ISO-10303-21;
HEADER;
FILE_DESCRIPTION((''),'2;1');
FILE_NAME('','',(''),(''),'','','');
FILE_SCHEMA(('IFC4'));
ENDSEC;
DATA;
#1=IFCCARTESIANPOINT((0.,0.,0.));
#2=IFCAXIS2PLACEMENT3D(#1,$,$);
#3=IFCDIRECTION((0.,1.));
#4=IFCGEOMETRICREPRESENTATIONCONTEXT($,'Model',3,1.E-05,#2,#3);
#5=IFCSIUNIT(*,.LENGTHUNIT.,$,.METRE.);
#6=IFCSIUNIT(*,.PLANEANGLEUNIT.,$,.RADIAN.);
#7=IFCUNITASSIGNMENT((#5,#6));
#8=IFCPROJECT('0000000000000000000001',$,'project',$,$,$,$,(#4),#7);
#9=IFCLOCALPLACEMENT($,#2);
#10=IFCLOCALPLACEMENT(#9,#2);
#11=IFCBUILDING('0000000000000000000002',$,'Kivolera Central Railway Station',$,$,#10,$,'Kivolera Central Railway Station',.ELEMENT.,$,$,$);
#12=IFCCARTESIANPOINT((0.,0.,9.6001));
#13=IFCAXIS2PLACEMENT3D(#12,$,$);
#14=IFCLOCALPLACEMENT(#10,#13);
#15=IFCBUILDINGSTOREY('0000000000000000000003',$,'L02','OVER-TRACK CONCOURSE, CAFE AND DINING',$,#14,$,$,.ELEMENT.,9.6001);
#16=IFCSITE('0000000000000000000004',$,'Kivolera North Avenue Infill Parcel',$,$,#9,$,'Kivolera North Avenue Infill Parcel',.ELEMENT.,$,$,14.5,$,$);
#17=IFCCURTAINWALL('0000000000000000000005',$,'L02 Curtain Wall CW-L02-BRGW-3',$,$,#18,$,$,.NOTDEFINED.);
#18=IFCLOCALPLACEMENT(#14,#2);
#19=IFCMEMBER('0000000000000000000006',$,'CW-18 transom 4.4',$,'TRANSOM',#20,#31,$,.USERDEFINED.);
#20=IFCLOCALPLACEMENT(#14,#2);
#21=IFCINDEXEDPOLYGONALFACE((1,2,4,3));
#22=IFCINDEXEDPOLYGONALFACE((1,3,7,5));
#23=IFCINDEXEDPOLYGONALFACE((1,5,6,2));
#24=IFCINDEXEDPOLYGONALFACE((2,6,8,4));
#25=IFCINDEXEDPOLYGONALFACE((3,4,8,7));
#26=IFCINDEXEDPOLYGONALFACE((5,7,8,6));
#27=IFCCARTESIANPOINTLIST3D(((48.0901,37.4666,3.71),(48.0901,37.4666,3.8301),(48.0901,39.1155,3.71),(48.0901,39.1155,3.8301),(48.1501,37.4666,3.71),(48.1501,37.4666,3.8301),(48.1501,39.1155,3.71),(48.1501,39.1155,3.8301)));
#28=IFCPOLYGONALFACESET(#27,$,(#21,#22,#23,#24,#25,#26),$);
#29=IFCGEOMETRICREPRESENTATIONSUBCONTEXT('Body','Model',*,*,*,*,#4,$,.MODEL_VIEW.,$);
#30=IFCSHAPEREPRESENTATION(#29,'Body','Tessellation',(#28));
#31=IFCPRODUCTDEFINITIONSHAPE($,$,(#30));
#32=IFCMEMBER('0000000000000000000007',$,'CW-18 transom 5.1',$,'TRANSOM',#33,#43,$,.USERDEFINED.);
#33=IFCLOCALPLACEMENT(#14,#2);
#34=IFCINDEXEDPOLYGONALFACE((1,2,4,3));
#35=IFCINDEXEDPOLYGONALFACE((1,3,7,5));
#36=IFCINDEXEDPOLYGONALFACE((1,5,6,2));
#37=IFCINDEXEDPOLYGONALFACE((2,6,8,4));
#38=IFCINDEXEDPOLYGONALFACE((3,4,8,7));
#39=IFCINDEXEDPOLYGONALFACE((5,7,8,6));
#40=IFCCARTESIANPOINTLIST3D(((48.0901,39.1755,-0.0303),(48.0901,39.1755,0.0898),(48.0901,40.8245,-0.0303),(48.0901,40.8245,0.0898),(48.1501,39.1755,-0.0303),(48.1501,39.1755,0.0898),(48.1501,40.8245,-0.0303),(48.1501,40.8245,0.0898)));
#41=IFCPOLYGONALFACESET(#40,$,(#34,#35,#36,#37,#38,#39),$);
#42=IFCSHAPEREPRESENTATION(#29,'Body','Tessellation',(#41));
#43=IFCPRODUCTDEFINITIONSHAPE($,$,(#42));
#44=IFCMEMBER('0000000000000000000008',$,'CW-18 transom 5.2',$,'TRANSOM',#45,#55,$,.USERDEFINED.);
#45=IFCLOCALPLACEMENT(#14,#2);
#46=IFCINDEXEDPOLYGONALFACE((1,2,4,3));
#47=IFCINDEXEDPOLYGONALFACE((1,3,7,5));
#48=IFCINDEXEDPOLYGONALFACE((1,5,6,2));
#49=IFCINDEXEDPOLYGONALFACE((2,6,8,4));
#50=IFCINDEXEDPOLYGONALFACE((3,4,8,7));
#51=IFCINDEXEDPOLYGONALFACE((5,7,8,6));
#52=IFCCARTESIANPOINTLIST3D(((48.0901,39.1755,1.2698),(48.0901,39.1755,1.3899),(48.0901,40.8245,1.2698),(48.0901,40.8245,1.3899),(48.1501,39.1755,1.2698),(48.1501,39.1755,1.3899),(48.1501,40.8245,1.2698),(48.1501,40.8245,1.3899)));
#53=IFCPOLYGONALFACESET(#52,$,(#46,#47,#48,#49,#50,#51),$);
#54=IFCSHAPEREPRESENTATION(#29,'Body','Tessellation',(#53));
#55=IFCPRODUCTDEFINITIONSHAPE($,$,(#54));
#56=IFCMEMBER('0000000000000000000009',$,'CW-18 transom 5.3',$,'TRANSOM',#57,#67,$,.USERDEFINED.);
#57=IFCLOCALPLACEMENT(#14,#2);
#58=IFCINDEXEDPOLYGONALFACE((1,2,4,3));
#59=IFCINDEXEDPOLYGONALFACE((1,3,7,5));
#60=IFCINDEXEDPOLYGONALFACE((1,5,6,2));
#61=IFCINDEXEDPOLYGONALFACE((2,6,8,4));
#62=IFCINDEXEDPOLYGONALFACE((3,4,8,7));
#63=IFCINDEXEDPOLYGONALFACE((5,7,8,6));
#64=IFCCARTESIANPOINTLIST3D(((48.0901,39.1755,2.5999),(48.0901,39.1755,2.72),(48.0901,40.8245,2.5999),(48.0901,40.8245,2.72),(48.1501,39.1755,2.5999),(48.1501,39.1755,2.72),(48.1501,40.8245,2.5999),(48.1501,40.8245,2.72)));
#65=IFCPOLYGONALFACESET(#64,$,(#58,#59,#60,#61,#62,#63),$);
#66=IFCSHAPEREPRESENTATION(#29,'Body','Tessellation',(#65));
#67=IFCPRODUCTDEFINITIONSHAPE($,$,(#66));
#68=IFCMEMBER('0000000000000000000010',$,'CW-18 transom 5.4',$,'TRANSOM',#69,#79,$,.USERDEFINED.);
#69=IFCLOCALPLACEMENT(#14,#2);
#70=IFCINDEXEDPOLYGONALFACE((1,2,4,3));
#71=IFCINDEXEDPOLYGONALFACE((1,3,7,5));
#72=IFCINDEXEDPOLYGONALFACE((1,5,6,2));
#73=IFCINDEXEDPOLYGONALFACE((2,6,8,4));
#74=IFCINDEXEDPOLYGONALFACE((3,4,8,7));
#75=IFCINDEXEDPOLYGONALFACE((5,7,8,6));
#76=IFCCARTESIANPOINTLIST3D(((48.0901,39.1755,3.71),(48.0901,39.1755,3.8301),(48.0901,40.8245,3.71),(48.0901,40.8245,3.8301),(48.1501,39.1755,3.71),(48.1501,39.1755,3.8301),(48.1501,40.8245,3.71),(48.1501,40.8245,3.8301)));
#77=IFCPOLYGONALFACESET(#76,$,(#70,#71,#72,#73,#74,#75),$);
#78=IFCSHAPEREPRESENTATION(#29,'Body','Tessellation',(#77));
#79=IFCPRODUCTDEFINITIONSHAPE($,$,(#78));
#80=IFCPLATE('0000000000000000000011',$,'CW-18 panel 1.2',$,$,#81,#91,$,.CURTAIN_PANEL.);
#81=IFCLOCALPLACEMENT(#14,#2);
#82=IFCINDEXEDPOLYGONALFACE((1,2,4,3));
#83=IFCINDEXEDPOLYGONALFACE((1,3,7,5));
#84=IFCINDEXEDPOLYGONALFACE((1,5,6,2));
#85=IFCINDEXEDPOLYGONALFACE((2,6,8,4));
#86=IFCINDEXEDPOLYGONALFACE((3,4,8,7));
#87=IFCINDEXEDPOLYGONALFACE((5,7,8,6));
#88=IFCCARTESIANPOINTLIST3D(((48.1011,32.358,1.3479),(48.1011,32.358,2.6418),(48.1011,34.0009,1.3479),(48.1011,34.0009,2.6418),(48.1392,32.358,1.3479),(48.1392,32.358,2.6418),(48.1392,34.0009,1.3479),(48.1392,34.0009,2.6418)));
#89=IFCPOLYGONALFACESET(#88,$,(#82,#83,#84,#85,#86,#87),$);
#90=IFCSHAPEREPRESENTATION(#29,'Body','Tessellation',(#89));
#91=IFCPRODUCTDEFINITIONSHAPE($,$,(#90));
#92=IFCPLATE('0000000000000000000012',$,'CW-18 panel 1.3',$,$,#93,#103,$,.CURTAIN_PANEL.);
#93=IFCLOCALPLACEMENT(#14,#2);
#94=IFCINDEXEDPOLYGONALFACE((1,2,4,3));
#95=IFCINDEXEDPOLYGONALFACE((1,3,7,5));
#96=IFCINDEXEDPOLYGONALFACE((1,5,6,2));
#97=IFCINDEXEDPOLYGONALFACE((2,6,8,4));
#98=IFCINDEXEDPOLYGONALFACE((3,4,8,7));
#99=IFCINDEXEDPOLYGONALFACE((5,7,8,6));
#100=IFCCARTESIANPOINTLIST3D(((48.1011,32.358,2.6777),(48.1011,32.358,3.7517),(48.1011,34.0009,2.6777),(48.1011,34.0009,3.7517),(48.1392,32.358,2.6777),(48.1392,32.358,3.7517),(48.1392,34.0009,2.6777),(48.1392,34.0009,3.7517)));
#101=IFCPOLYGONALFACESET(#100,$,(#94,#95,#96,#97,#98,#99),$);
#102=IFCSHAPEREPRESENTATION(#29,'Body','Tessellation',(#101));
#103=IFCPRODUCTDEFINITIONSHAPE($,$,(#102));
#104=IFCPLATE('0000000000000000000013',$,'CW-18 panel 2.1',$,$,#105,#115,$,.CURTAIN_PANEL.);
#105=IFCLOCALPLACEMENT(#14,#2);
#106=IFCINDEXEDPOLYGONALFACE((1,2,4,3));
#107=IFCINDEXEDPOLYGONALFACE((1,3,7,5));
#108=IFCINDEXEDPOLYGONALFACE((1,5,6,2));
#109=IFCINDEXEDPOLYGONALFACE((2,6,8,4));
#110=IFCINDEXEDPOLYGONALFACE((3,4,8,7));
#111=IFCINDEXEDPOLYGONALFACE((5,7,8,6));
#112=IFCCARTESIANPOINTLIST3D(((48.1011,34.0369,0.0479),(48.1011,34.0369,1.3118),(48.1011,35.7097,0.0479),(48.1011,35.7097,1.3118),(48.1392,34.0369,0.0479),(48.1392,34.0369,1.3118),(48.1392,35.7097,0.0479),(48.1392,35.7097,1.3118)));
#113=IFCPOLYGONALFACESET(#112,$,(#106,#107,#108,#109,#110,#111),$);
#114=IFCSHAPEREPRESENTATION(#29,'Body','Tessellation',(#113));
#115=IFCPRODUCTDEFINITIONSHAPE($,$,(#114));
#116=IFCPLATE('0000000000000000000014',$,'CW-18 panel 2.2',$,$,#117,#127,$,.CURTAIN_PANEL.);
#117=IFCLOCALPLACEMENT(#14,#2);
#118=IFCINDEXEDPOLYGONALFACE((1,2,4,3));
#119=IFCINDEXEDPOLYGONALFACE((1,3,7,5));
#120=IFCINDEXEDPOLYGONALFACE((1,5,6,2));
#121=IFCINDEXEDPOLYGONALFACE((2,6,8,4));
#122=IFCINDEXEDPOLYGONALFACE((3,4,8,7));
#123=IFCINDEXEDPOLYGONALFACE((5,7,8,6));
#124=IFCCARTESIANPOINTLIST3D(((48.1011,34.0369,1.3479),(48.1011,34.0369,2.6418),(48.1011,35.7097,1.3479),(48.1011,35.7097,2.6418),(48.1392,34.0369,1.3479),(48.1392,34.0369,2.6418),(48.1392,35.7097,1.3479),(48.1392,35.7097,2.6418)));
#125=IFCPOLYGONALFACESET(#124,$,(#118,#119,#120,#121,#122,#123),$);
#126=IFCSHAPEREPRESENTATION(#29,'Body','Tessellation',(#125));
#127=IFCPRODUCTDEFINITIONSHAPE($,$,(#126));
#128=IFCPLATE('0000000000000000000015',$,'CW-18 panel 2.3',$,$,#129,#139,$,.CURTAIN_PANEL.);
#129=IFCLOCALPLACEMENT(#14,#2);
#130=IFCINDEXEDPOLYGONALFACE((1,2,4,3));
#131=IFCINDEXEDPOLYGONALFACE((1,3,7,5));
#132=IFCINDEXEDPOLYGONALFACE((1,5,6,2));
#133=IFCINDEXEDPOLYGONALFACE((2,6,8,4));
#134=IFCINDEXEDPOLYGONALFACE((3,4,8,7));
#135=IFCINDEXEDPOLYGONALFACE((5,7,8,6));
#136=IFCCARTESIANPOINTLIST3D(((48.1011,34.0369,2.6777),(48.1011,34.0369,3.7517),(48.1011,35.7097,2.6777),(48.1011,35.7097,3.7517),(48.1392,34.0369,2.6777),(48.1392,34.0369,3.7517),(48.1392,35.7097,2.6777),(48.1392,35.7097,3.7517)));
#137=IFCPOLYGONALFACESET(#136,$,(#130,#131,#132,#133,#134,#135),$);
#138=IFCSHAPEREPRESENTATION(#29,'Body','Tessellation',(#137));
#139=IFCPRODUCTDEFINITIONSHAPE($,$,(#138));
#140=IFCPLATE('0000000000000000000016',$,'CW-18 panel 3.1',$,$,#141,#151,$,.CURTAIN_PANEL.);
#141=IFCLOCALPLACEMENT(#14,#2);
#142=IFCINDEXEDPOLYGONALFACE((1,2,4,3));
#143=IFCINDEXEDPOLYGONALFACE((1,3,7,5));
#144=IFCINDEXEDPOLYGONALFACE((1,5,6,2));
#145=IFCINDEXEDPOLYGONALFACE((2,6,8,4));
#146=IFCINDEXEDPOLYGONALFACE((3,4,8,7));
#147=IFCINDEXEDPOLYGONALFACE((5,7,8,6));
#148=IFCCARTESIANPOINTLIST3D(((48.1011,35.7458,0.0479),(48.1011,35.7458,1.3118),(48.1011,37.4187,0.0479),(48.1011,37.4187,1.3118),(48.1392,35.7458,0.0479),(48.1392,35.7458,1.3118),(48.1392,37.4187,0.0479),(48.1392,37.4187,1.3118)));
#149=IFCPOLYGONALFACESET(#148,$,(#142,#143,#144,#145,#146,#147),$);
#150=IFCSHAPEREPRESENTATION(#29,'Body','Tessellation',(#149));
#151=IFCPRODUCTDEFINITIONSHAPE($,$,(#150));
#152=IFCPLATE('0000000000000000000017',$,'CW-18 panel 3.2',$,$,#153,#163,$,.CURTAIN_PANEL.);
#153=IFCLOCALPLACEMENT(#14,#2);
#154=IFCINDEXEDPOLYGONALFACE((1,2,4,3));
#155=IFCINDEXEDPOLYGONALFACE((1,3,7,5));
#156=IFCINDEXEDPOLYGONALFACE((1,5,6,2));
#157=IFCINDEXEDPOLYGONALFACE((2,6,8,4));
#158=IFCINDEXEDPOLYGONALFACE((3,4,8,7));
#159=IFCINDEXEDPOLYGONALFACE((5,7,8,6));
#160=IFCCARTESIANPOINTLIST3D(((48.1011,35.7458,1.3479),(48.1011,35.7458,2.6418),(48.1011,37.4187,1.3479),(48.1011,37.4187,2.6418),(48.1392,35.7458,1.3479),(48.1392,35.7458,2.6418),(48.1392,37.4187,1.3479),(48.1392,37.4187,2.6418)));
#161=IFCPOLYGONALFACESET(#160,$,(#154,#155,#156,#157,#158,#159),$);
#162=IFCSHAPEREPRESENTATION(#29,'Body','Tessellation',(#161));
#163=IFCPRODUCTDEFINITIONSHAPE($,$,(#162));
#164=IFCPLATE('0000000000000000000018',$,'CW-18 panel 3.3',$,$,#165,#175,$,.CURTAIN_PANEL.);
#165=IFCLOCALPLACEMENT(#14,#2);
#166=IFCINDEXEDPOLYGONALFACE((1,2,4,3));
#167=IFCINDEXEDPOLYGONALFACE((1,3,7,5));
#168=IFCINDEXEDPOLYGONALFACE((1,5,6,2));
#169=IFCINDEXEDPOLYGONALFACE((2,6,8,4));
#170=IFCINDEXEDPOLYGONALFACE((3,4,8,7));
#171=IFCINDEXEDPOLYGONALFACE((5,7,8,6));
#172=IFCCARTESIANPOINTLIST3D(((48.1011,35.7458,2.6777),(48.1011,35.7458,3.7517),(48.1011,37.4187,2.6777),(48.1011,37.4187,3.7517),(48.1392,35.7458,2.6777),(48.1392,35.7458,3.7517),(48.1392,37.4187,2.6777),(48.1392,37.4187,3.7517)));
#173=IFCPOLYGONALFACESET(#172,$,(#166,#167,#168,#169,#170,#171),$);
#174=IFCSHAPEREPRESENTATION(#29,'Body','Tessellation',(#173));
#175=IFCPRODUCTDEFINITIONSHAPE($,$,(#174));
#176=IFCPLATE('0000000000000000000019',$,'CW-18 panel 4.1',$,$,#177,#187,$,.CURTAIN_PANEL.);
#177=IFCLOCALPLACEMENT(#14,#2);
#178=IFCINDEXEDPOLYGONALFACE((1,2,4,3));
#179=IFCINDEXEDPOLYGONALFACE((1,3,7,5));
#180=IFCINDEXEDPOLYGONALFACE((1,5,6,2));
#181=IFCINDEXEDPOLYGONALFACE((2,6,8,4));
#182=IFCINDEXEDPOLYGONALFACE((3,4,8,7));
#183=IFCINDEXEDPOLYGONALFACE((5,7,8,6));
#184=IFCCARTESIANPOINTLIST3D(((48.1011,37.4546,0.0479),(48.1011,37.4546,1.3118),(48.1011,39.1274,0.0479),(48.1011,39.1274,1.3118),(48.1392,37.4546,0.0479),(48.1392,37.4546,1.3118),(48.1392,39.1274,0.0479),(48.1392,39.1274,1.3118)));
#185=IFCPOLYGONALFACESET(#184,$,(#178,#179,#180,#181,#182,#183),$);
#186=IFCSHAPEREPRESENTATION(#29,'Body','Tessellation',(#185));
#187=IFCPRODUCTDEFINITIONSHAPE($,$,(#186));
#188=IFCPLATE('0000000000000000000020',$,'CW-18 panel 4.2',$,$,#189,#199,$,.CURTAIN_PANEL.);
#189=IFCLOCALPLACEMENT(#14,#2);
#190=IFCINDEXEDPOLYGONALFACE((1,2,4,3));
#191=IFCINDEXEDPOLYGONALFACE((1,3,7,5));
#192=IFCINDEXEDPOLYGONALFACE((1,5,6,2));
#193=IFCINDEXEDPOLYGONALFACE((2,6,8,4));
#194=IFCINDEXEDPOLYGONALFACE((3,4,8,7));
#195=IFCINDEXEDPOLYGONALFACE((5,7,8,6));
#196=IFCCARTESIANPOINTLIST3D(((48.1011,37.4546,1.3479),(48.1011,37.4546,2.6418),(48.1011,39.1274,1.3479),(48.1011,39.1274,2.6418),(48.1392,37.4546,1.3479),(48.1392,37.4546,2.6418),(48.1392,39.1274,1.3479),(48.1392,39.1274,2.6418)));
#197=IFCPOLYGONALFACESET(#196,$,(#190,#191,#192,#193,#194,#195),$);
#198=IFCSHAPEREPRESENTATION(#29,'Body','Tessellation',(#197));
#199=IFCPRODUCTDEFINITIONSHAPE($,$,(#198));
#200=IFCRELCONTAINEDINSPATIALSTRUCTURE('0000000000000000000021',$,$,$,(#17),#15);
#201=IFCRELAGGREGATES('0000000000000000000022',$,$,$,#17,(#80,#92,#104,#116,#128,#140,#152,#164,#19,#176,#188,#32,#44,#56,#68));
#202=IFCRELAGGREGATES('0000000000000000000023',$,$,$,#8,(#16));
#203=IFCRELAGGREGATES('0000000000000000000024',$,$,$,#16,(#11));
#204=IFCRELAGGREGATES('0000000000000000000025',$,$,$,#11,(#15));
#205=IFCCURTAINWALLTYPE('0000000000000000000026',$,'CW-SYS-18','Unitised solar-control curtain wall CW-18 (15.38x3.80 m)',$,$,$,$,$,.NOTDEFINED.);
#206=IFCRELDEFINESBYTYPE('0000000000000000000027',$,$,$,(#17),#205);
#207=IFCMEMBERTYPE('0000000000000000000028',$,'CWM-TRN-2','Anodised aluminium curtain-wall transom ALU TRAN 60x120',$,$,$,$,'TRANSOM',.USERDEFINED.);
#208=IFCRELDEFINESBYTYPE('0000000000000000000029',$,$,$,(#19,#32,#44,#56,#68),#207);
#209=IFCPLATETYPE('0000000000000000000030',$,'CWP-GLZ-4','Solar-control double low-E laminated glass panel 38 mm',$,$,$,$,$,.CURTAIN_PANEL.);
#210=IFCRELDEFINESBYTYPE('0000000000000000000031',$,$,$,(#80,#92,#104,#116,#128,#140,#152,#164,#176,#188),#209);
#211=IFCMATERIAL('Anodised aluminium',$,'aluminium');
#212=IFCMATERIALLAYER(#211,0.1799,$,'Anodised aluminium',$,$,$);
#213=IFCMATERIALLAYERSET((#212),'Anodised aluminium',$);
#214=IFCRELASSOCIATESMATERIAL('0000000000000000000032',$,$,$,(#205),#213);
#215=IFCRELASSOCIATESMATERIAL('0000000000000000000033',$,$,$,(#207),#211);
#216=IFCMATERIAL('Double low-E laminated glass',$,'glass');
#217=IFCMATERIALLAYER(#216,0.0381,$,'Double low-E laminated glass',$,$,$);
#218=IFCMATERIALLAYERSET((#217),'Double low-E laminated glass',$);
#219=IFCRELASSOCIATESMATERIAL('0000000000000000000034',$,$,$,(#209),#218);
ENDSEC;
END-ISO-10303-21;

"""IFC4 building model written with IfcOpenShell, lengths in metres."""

from ifc_helpers import new_model, si_unit, direction, frame, origin, origin_2d, place, context, subcontext, project, spatial, rectangle, extrude, material, layer, layer_set, material_profile, profile_set, type_object, element, aggregate, save


model = new_model("IFC4")

# Units and contexts
model_context = context("Model", 3, precision=1e-05, world=origin(), true_north=direction((0.0, 1.0)))
body_context = subcontext(model_context, "Body", "Model", "MODEL_VIEW")
ifc_project = project(units=[si_unit("LENGTHUNIT", "METRE"), si_unit("PLANEANGLEUNIT", "RADIAN")], contexts=[model_context])

# Site, building, storey
site_placement = place(None, origin())
site = spatial("IfcSite", under=ifc_project, at=site_placement, Name="Kivolera North Avenue Infill Parcel", LongName="Kivolera North Avenue Infill Parcel", CompositionType="ELEMENT", RefElevation=14.5)
building_placement = place(site_placement, origin())
building = spatial("IfcBuilding", under=site, at=building_placement, Name="Kivolera Central Railway Station", LongName="Kivolera Central Railway Station", CompositionType="ELEMENT")
storey_placement = place(building_placement, frame((0.0, 0.0, 9.6001)))
storey = spatial("IfcBuildingStorey", under=building, at=storey_placement, Name="L02", Description="OVER-TRACK CONCOURSE, CAFE AND DINING", CompositionType="ELEMENT", Elevation=9.6001)

# Curtain wall, members, plates
ifc_material_1 = material(Name="Anodised aluminium", Category="aluminium")
ifc_layer_1 = layer(ifc_material_1, 0.1799, Name="Anodised aluminium")
ifc_layer_set_1 = layer_set([ifc_layer_1], Name="Anodised aluminium")
curtain_wall_type = type_object("IfcCurtainWallType", Name="CW-SYS-18", Description="Unitised solar-control curtain wall CW-18 (15.38x3.80 m)", PredefinedType="NOTDEFINED", material=ifc_layer_set_1)
curtain_wall_placement = place(storey_placement, origin())
curtain_wall = element("IfcCurtainWall", 1, at=curtain_wall_placement, inside=storey, type_object=curtain_wall_type, Name="L02 Curtain Wall CW-L02-BRGW-3", PredefinedType="NOTDEFINED")
ifc_material_profile_1 = material_profile(ifc_material_1, rectangle(XDim=0.0601, YDim=0.1201, at=origin_2d()), Name="ALU TRAN 60x120")
ifc_profile_set_1 = profile_set([ifc_material_profile_1], Name="Anodised aluminium")
member_type_1 = type_object("IfcMemberType", Name="CWM-TRN-2", Description="Anodised aluminium curtain-wall transom ALU TRAN 60x120", ElementType="TRANSOM", PredefinedType="USERDEFINED", material=ifc_profile_set_1)
member_1_placement = place(storey_placement, frame((48.1201, 37.4666, 3.77), z_axis=(0.0, 1.0, 0.0), x_axis=(-1.0, 0.0, 0.0)))
member_1 = element("IfcMember", 2, at=member_1_placement, type_object=member_type_1, Name="CW-18 transom 4.4", ObjectType="TRANSOM", PredefinedType="USERDEFINED", context=body_context, shape_type="SweptSolid", body=[
    extrude(rectangle(XDim=0.0601, YDim=0.1201, at=origin_2d()), origin(), (0.0, 0.0, 1.0), 1.6489),
])
member_2_placement = place(storey_placement, frame((48.1201, 39.1755, 0.0298), z_axis=(0.0, 1.0, 0.0), x_axis=(-1.0, 0.0, 0.0)))
member_2 = element("IfcMember", 3, at=member_2_placement, type_object=member_type_1, Name="CW-18 transom 5.1", ObjectType="TRANSOM", PredefinedType="USERDEFINED", context=body_context, shape_type="SweptSolid", body=[
    extrude(rectangle(XDim=0.0601, YDim=0.1201, at=origin_2d()), origin(), (0.0, 0.0, 1.0), 1.6489),
])
member_3_placement = place(storey_placement, frame((48.1201, 39.1755, 1.3298), z_axis=(0.0, 1.0, 0.0), x_axis=(-1.0, 0.0, 0.0)))
member_3 = element("IfcMember", 4, at=member_3_placement, type_object=member_type_1, Name="CW-18 transom 5.2", ObjectType="TRANSOM", PredefinedType="USERDEFINED", context=body_context, shape_type="SweptSolid", body=[
    extrude(rectangle(XDim=0.0601, YDim=0.1201, at=origin_2d()), origin(), (0.0, 0.0, 1.0), 1.6489),
])
member_4_placement = place(storey_placement, frame((48.1201, 39.1755, 2.6599), z_axis=(0.0, 1.0, 0.0), x_axis=(-1.0, 0.0, 0.0)))
member_4 = element("IfcMember", 5, at=member_4_placement, type_object=member_type_1, Name="CW-18 transom 5.3", ObjectType="TRANSOM", PredefinedType="USERDEFINED", context=body_context, shape_type="SweptSolid", body=[
    extrude(rectangle(XDim=0.0601, YDim=0.1201, at=origin_2d()), origin(), (0.0, 0.0, 1.0), 1.6489),
])
member_5_placement = place(storey_placement, frame((48.1201, 39.1755, 3.77), z_axis=(0.0, 1.0, 0.0), x_axis=(-1.0, 0.0, 0.0)))
member_5 = element("IfcMember", 6, at=member_5_placement, type_object=member_type_1, Name="CW-18 transom 5.4", ObjectType="TRANSOM", PredefinedType="USERDEFINED", context=body_context, shape_type="SweptSolid", body=[
    extrude(rectangle(XDim=0.0601, YDim=0.1201, at=origin_2d()), origin(), (0.0, 0.0, 1.0), 1.6489),
])
ifc_material_2 = material(Name="Double low-E laminated glass", Category="glass")
ifc_layer_2 = layer(ifc_material_2, 0.0381, Name="Double low-E laminated glass")
ifc_layer_set_2 = layer_set([ifc_layer_2], Name="Double low-E laminated glass")
plate_type = type_object("IfcPlateType", Name="CWP-GLZ-4", Description="Solar-control double low-E laminated glass panel 38 mm", PredefinedType="CURTAIN_PANEL", material=ifc_layer_set_2)
plate_1_placement = place(storey_placement, frame((48.1201, 33.1794, 1.3479), z_axis=(0.0, 0.0, 1.0), x_axis=(0.0, 1.0, 0.0)))
plate_1 = element("IfcPlate", 7, at=plate_1_placement, type_object=plate_type, Name="CW-18 panel 1.2", PredefinedType="CURTAIN_PANEL", context=body_context, shape_type="SweptSolid", body=[
    extrude(rectangle(XDim=1.6428, YDim=0.0381, at=origin_2d()), origin(), (0.0, 0.0, 1.0), 1.2939),
])
plate_2_placement = place(storey_placement, frame((48.1201, 33.1794, 2.6777), z_axis=(0.0, 0.0, 1.0), x_axis=(0.0, 1.0, 0.0)))
plate_2 = element("IfcPlate", 8, at=plate_2_placement, type_object=plate_type, Name="CW-18 panel 1.3", PredefinedType="CURTAIN_PANEL", context=body_context, shape_type="SweptSolid", body=[
    extrude(rectangle(XDim=1.6428, YDim=0.0381, at=origin_2d()), origin(), (0.0, 0.0, 1.0), 1.074),
])
plate_3_placement = place(storey_placement, frame((48.1201, 34.8733, 0.0479), z_axis=(0.0, 0.0, 1.0), x_axis=(0.0, 1.0, 0.0)))
plate_3 = element("IfcPlate", 9, at=plate_3_placement, type_object=plate_type, Name="CW-18 panel 2.1", PredefinedType="CURTAIN_PANEL", context=body_context, shape_type="SweptSolid", body=[
    extrude(rectangle(XDim=1.6729, YDim=0.0381, at=origin_2d()), origin(), (0.0, 0.0, 1.0), 1.2639),
])
plate_4_placement = place(storey_placement, frame((48.1201, 34.8733, 1.3479), z_axis=(0.0, 0.0, 1.0), x_axis=(0.0, 1.0, 0.0)))
plate_4 = element("IfcPlate", 10, at=plate_4_placement, type_object=plate_type, Name="CW-18 panel 2.2", PredefinedType="CURTAIN_PANEL", context=body_context, shape_type="SweptSolid", body=[
    extrude(rectangle(XDim=1.6729, YDim=0.0381, at=origin_2d()), origin(), (0.0, 0.0, 1.0), 1.2939),
])
plate_5_placement = place(storey_placement, frame((48.1201, 34.8733, 2.6777), z_axis=(0.0, 0.0, 1.0), x_axis=(0.0, 1.0, 0.0)))
plate_5 = element("IfcPlate", 11, at=plate_5_placement, type_object=plate_type, Name="CW-18 panel 2.3", PredefinedType="CURTAIN_PANEL", context=body_context, shape_type="SweptSolid", body=[
    extrude(rectangle(XDim=1.6729, YDim=0.0381, at=origin_2d()), origin(), (0.0, 0.0, 1.0), 1.074),
])
plate_6_placement = place(storey_placement, frame((48.1201, 36.5823, 0.0479), z_axis=(0.0, 0.0, 1.0), x_axis=(0.0, 1.0, 0.0)))
plate_6 = element("IfcPlate", 12, at=plate_6_placement, type_object=plate_type, Name="CW-18 panel 3.1", PredefinedType="CURTAIN_PANEL", context=body_context, shape_type="SweptSolid", body=[
    extrude(rectangle(XDim=1.6729, YDim=0.0381, at=origin_2d()), origin(), (0.0, 0.0, 1.0), 1.2639),
])
plate_7_placement = place(storey_placement, frame((48.1201, 36.5823, 1.3479), z_axis=(0.0, 0.0, 1.0), x_axis=(0.0, 1.0, 0.0)))
plate_7 = element("IfcPlate", 13, at=plate_7_placement, type_object=plate_type, Name="CW-18 panel 3.2", PredefinedType="CURTAIN_PANEL", context=body_context, shape_type="SweptSolid", body=[
    extrude(rectangle(XDim=1.6729, YDim=0.0381, at=origin_2d()), origin(), (0.0, 0.0, 1.0), 1.2939),
])
plate_8_placement = place(storey_placement, frame((48.1201, 36.5823, 2.6777), z_axis=(0.0, 0.0, 1.0), x_axis=(0.0, 1.0, 0.0)))
plate_8 = element("IfcPlate", 14, at=plate_8_placement, type_object=plate_type, Name="CW-18 panel 3.3", PredefinedType="CURTAIN_PANEL", context=body_context, shape_type="SweptSolid", body=[
    extrude(rectangle(XDim=1.6729, YDim=0.0381, at=origin_2d()), origin(), (0.0, 0.0, 1.0), 1.074),
])
plate_9_placement = place(storey_placement, frame((48.1201, 38.291, 0.0479), z_axis=(0.0, 0.0, 1.0), x_axis=(0.0, 1.0, 0.0)))
plate_9 = element("IfcPlate", 15, at=plate_9_placement, type_object=plate_type, Name="CW-18 panel 4.1", PredefinedType="CURTAIN_PANEL", context=body_context, shape_type="SweptSolid", body=[
    extrude(rectangle(XDim=1.6729, YDim=0.0381, at=origin_2d()), origin(), (0.0, 0.0, 1.0), 1.2639),
])
plate_10_placement = place(storey_placement, frame((48.1201, 38.291, 1.3479), z_axis=(0.0, 0.0, 1.0), x_axis=(0.0, 1.0, 0.0)))
plate_10 = element("IfcPlate", 16, at=plate_10_placement, type_object=plate_type, Name="CW-18 panel 4.2", PredefinedType="CURTAIN_PANEL", context=body_context, shape_type="SweptSolid", body=[
    extrude(rectangle(XDim=1.6729, YDim=0.0381, at=origin_2d()), origin(), (0.0, 0.0, 1.0), 1.2939),
])
aggregate(curtain_wall, [plate_1, plate_2, plate_3, plate_4, plate_5, plate_6, plate_7, plate_8, member_1, plate_9, plate_10, member_2, member_3, member_4, member_5])

save(model, "model.ifc")
